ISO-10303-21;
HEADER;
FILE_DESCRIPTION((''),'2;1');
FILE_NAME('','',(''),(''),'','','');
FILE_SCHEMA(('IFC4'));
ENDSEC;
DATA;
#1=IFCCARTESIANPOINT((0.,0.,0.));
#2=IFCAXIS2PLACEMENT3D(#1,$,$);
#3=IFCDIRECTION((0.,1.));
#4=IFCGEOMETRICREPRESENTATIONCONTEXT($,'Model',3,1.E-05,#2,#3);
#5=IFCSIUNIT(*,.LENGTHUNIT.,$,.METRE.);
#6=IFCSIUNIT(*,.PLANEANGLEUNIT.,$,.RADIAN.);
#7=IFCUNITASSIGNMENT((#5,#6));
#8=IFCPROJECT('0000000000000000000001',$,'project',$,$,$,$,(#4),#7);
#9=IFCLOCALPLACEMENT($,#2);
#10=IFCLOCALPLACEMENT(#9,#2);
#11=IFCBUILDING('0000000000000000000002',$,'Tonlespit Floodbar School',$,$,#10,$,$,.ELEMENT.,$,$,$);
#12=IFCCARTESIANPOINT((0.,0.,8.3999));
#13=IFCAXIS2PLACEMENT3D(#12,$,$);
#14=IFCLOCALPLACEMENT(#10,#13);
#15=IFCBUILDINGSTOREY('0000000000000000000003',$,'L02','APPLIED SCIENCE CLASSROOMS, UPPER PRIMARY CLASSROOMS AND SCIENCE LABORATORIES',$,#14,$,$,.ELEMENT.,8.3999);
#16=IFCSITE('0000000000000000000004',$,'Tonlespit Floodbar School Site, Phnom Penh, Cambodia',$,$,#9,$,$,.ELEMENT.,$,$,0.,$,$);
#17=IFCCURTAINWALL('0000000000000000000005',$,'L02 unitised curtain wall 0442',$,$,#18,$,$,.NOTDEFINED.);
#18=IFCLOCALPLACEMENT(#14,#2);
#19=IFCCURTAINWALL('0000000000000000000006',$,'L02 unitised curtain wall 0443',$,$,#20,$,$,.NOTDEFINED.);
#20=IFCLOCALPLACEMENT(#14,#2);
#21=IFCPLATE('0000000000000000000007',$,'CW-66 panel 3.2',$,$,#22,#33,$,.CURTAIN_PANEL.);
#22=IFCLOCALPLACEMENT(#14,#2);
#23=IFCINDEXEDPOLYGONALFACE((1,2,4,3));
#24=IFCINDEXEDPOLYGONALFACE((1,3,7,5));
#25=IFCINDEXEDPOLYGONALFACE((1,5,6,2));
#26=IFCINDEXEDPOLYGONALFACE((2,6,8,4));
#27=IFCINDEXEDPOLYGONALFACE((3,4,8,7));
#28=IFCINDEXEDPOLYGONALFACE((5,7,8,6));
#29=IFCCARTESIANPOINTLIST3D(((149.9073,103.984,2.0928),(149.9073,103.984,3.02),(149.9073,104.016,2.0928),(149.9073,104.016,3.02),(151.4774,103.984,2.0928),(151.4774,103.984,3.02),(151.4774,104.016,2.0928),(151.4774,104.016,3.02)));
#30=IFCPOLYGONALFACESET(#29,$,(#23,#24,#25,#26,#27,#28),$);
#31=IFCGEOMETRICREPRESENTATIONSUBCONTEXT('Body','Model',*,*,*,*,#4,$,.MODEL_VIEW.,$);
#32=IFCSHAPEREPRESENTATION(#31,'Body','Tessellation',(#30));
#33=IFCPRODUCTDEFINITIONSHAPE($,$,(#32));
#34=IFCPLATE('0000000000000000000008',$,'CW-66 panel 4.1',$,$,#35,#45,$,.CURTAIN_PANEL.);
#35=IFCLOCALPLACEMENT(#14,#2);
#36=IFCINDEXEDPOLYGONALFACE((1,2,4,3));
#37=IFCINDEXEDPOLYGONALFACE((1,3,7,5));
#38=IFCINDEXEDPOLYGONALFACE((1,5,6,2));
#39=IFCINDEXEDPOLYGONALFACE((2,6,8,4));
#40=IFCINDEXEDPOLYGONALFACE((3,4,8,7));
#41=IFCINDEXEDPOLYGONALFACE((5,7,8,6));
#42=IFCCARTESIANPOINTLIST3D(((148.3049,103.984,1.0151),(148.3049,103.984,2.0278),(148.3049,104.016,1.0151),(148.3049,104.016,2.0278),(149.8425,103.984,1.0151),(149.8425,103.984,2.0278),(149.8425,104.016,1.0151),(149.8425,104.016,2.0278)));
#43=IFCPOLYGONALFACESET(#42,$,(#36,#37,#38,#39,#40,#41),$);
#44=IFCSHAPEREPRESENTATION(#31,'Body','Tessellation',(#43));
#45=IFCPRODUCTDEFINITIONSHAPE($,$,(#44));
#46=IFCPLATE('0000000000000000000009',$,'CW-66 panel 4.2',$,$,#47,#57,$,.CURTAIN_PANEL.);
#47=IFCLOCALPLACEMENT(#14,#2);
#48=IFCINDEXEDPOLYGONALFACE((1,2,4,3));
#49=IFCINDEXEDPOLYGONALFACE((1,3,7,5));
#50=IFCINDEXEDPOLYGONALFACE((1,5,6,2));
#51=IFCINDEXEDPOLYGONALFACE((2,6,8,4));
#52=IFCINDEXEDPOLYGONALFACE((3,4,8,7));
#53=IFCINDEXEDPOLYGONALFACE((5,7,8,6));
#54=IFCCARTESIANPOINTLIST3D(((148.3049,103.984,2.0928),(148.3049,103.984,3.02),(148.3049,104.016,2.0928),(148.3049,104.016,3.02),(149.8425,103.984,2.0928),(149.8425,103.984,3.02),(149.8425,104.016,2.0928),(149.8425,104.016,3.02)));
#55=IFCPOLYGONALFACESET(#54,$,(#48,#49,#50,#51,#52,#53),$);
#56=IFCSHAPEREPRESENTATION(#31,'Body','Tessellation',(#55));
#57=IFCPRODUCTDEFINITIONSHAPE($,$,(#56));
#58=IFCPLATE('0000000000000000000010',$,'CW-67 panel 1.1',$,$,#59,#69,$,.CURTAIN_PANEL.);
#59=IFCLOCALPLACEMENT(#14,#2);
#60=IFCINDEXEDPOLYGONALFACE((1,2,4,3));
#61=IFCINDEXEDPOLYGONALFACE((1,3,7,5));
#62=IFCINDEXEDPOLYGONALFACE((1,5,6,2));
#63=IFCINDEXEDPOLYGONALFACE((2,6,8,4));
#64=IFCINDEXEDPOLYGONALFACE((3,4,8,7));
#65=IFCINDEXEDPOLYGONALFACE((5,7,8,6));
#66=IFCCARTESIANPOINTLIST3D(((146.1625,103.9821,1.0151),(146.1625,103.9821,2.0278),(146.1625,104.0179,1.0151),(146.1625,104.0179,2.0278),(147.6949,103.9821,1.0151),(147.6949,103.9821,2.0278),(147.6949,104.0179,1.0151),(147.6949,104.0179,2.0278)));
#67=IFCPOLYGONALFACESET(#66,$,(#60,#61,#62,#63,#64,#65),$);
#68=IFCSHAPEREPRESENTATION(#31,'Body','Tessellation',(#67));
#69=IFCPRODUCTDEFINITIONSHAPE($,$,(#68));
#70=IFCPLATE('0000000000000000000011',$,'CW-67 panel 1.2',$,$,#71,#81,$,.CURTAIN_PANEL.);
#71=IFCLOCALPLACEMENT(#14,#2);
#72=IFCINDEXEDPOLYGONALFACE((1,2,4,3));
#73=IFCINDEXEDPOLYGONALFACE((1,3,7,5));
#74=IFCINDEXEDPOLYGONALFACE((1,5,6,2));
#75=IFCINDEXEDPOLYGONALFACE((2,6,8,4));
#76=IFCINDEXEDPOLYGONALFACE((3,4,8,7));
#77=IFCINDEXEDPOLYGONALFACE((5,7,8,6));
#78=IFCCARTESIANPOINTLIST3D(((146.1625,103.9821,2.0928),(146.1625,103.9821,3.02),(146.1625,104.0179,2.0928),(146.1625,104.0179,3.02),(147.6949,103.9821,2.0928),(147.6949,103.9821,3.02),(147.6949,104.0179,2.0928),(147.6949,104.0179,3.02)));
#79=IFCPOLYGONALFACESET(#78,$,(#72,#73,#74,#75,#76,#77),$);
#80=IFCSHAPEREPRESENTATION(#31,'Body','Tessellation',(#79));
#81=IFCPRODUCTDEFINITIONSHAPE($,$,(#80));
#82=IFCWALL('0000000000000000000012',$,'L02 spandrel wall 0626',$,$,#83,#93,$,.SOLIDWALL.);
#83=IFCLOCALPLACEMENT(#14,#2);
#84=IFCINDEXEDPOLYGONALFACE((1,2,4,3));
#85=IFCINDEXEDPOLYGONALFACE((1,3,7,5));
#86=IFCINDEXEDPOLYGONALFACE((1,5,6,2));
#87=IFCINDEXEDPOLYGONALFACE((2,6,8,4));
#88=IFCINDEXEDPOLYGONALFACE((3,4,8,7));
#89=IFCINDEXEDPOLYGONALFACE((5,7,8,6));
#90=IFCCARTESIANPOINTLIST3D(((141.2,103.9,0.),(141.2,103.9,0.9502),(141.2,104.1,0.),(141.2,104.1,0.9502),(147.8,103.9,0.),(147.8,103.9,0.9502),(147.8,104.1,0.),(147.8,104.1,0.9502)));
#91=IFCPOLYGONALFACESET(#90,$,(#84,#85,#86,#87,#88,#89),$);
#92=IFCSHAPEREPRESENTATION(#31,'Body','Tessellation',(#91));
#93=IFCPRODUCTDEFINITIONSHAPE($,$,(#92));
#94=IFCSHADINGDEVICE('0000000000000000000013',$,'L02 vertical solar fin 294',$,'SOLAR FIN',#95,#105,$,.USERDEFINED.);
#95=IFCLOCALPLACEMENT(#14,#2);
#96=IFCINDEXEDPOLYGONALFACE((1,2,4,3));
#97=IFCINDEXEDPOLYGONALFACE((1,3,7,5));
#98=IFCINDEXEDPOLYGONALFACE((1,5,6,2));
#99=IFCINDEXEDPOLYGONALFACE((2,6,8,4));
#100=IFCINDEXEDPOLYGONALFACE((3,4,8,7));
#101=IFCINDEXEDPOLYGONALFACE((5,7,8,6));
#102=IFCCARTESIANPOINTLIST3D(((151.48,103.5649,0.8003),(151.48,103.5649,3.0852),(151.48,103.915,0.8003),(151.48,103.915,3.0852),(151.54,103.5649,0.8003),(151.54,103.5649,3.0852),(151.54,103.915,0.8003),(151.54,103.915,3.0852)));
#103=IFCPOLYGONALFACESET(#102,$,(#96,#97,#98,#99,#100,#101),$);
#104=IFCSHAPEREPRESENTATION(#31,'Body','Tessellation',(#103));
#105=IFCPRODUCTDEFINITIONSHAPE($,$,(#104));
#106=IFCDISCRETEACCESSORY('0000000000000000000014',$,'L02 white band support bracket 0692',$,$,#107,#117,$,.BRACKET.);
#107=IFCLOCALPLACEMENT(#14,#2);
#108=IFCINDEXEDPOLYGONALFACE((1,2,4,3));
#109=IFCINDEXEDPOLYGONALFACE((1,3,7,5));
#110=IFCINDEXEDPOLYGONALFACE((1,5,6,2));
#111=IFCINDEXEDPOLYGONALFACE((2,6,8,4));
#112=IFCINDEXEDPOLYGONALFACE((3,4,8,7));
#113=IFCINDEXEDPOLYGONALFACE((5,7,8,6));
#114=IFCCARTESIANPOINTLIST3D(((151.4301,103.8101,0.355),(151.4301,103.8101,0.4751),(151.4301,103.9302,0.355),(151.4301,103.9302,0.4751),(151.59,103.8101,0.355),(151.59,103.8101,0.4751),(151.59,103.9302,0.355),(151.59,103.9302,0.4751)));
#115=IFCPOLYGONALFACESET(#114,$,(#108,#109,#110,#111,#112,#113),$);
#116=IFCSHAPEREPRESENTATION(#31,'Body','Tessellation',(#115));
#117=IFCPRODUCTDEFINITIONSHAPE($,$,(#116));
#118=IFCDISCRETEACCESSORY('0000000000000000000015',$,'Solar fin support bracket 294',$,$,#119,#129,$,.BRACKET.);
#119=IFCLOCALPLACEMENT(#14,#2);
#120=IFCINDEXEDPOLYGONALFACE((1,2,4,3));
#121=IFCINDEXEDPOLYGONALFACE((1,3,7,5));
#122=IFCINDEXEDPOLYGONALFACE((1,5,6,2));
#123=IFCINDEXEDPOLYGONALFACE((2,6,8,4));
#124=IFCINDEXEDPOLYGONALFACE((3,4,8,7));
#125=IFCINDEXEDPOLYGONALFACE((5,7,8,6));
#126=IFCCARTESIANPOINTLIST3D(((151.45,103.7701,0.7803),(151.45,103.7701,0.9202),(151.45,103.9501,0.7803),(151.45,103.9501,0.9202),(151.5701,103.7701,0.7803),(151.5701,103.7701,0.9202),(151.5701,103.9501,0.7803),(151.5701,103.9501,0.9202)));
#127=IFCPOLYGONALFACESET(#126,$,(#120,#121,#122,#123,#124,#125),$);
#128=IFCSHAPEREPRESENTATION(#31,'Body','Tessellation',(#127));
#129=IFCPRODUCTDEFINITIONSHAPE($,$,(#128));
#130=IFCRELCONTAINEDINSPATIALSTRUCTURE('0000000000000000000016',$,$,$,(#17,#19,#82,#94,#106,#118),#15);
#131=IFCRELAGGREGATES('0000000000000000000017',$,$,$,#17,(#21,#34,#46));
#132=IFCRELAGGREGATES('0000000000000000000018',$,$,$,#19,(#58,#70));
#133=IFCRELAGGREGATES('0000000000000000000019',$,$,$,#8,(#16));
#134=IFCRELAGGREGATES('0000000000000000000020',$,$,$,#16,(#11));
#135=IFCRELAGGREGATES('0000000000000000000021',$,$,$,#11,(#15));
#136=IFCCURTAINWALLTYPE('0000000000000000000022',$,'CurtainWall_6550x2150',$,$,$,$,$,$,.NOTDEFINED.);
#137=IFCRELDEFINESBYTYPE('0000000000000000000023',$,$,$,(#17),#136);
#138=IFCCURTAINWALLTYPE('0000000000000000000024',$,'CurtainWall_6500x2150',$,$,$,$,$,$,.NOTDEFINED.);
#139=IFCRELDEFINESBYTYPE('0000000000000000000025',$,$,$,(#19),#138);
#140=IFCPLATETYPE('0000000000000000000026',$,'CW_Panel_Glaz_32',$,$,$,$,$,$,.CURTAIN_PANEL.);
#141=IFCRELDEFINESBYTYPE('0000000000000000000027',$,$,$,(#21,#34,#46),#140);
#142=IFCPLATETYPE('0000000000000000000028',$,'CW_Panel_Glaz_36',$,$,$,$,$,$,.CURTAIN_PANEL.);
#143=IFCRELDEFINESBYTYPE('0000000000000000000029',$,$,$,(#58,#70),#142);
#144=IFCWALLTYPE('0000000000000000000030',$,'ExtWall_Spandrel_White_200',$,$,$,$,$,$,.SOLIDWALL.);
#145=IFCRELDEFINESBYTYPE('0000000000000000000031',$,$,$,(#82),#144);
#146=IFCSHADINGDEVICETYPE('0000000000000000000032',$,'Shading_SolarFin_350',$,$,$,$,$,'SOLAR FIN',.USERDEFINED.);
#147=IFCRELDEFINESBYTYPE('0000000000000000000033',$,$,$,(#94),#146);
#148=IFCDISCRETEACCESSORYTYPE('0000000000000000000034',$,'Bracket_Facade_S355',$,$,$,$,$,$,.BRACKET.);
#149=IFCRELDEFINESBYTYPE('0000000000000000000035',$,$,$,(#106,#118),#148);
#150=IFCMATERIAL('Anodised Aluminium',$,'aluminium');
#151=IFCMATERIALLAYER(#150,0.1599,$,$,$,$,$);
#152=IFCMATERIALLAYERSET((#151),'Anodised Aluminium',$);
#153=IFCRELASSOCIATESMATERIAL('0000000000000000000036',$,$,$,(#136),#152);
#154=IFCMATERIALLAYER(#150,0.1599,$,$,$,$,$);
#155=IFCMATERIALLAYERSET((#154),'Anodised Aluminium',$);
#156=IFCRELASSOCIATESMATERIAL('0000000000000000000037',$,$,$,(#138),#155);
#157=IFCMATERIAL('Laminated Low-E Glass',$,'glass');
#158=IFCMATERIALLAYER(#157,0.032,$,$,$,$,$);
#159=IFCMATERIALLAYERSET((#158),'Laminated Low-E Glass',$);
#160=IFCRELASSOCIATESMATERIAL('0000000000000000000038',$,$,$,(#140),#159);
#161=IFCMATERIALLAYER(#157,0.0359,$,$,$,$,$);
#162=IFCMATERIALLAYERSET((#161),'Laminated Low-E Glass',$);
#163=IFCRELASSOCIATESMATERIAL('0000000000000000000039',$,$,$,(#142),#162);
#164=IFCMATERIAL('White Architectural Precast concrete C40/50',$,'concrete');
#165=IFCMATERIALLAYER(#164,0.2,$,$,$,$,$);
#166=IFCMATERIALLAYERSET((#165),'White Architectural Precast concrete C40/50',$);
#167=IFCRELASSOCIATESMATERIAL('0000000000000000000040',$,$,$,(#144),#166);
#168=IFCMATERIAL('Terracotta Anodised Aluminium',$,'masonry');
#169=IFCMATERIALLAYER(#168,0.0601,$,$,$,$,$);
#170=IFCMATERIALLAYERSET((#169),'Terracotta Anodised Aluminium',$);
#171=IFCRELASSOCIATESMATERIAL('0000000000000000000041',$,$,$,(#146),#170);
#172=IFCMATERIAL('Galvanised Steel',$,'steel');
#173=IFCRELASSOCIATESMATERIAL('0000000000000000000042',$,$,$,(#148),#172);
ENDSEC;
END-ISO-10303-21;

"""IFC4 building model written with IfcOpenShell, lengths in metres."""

from ifc_helpers import new_model, si_unit, direction, frame, frame_2d, origin, origin_2d, place, context, subcontext, project, spatial, rectangle, extrude, material, layer, layer_set, type_object, element, aggregate, save


model = new_model("IFC4")

# Units and contexts
model_context = context("Model", 3, precision=1e-05, world=origin(), true_north=direction((0.0, 1.0)))
body_context = subcontext(model_context, "Body", "Model", "MODEL_VIEW")
ifc_project = project(units=[si_unit("LENGTHUNIT", "METRE"), si_unit("PLANEANGLEUNIT", "RADIAN")], contexts=[model_context])

# Site, building, storey
site_placement = place(None, origin())
site = spatial("IfcSite", under=ifc_project, at=site_placement, Name="Tonlespit Floodbar School Site, Phnom Penh, Cambodia", CompositionType="ELEMENT", RefElevation=0.0)
building_placement = place(site_placement, origin())
building = spatial("IfcBuilding", under=site, at=building_placement, Name="Tonlespit Floodbar School", CompositionType="ELEMENT")
storey_placement = place(building_placement, frame((0.0, 0.0, 8.3999)))
storey = spatial("IfcBuildingStorey", under=building, at=storey_placement, Name="L02", Description="APPLIED SCIENCE CLASSROOMS, UPPER PRIMARY CLASSROOMS AND SCIENCE LABORATORIES", CompositionType="ELEMENT", Elevation=8.3999)

# Curtain walls
ifc_material_1 = material(Name="Anodised Aluminium", Category="aluminium")
ifc_layer_1 = layer(ifc_material_1, 0.1599)
ifc_layer_set_1 = layer_set([ifc_layer_1], Name="Anodised Aluminium")
curtain_wall_type_1 = type_object("IfcCurtainWallType", Name="CurtainWall_6550x2150", PredefinedType="NOTDEFINED", material=ifc_layer_set_1)
curtain_wall_1_placement = place(storey_placement, origin())
curtain_wall_1 = element("IfcCurtainWall", 1, at=curtain_wall_1_placement, inside=storey, type_object=curtain_wall_type_1, Name="L02 unitised curtain wall 0442", PredefinedType="NOTDEFINED")
ifc_layer_2 = layer(ifc_material_1, 0.1599)
ifc_layer_set_2 = layer_set([ifc_layer_2], Name="Anodised Aluminium")
curtain_wall_type_2 = type_object("IfcCurtainWallType", Name="CurtainWall_6500x2150", PredefinedType="NOTDEFINED", material=ifc_layer_set_2)
curtain_wall_2_placement = place(storey_placement, origin())
curtain_wall_2 = element("IfcCurtainWall", 2, at=curtain_wall_2_placement, inside=storey, type_object=curtain_wall_type_2, Name="L02 unitised curtain wall 0443", PredefinedType="NOTDEFINED")

# Plates
ifc_material_2 = material(Name="Laminated Low-E Glass", Category="glass")
ifc_layer_3 = layer(ifc_material_2, 0.032)
ifc_layer_set_3 = layer_set([ifc_layer_3], Name="Laminated Low-E Glass")
plate_type_1 = type_object("IfcPlateType", Name="CW_Panel_Glaz_32", PredefinedType="CURTAIN_PANEL", material=ifc_layer_set_3)
plate_1_placement = place(storey_placement, frame((150.6924, 104.0, 2.0928), z_axis=(0.0, 0.0, 1.0), x_axis=(-1.0, 0.0, 0.0)))
plate_1 = element("IfcPlate", 3, at=plate_1_placement, type_object=plate_type_1, Name="CW-66 panel 3.2", PredefinedType="CURTAIN_PANEL", context=body_context, shape_type="SweptSolid", body=[
    extrude(rectangle(XDim=1.5701, YDim=0.032, at=origin_2d()), origin(), (0.0, 0.0, 1.0), 0.9272),
])
plate_2_placement = place(storey_placement, frame((149.0737, 104.0, 1.0151), z_axis=(0.0, 0.0, 1.0), x_axis=(-1.0, 0.0, 0.0)))
plate_2 = element("IfcPlate", 4, at=plate_2_placement, type_object=plate_type_1, Name="CW-66 panel 4.1", PredefinedType="CURTAIN_PANEL", context=body_context, shape_type="SweptSolid", body=[
    extrude(rectangle(XDim=1.5376, YDim=0.032, at=origin_2d()), origin(), (0.0, 0.0, 1.0), 1.0127),
])
plate_3_placement = place(storey_placement, frame((149.0737, 104.0, 2.0928), z_axis=(0.0, 0.0, 1.0), x_axis=(-1.0, 0.0, 0.0)))
plate_3 = element("IfcPlate", 5, at=plate_3_placement, type_object=plate_type_1, Name="CW-66 panel 4.2", PredefinedType="CURTAIN_PANEL", context=body_context, shape_type="SweptSolid", body=[
    extrude(rectangle(XDim=1.5376, YDim=0.032, at=origin_2d()), origin(), (0.0, 0.0, 1.0), 0.9272),
])
aggregate(curtain_wall_1, [plate_1, plate_2, plate_3])
ifc_layer_4 = layer(ifc_material_2, 0.0359)
ifc_layer_set_4 = layer_set([ifc_layer_4], Name="Laminated Low-E Glass")
plate_type_2 = type_object("IfcPlateType", Name="CW_Panel_Glaz_36", PredefinedType="CURTAIN_PANEL", material=ifc_layer_set_4)
plate_4_placement = place(storey_placement, frame((146.9287, 104.0, 1.0151), z_axis=(0.0, 0.0, 1.0), x_axis=(-1.0, 0.0, 0.0)))
plate_4 = element("IfcPlate", 6, at=plate_4_placement, type_object=plate_type_2, Name="CW-67 panel 1.1", PredefinedType="CURTAIN_PANEL", context=body_context, shape_type="SweptSolid", body=[
    extrude(rectangle(XDim=1.5325, YDim=0.0359, at=origin_2d()), origin(), (0.0, 0.0, 1.0), 1.0127),
])
plate_5_placement = place(storey_placement, frame((146.9287, 104.0, 2.0928), z_axis=(0.0, 0.0, 1.0), x_axis=(-1.0, 0.0, 0.0)))
plate_5 = element("IfcPlate", 7, at=plate_5_placement, type_object=plate_type_2, Name="CW-67 panel 1.2", PredefinedType="CURTAIN_PANEL", context=body_context, shape_type="SweptSolid", body=[
    extrude(rectangle(XDim=1.5325, YDim=0.0359, at=origin_2d()), origin(), (0.0, 0.0, 1.0), 0.9272),
])
aggregate(curtain_wall_2, [plate_4, plate_5])

# Wall
ifc_material_3 = material(Name="White Architectural Precast concrete C40/50", Category="concrete")
ifc_layer_5 = layer(ifc_material_3, 0.2)
ifc_layer_set_5 = layer_set([ifc_layer_5], Name="White Architectural Precast concrete C40/50")
wall_type = type_object("IfcWallType", Name="ExtWall_Spandrel_White_200", PredefinedType="SOLIDWALL", material=ifc_layer_set_5)
wall_placement = place(storey_placement, frame((147.8, 104.0, 0.0), z_axis=(0.0, 0.0, 1.0), x_axis=(-1.0, 0.0, 0.0)))
element("IfcWall", 8, at=wall_placement, inside=storey, type_object=wall_type, Name="L02 spandrel wall 0626", PredefinedType="SOLIDWALL", context=body_context, shape_type="SweptSolid", body=[
    extrude(rectangle(XDim=6.6001, YDim=0.2, at=frame_2d((3.3, 0.0))), origin(), (0.0, 0.0, 1.0), 0.9502),
])

# Shading device
ifc_material_4 = material(Name="Terracotta Anodised Aluminium", Category="masonry")
ifc_layer_6 = layer(ifc_material_4, 0.0601)
ifc_layer_set_6 = layer_set([ifc_layer_6], Name="Terracotta Anodised Aluminium")
shading_device_type = type_object("IfcShadingDeviceType", Name="Shading_SolarFin_350", ElementType="SOLAR FIN", PredefinedType="USERDEFINED", material=ifc_layer_set_6)
shading_device_placement = place(storey_placement, frame((151.51, 103.74, 0.8003), z_axis=(0.0, 0.0, 1.0), x_axis=(-1.0, 0.0, 0.0)))
element("IfcShadingDevice", 9, at=shading_device_placement, inside=storey, type_object=shading_device_type, Name="L02 vertical solar fin 294", ObjectType="SOLAR FIN", PredefinedType="USERDEFINED", context=body_context, shape_type="SweptSolid", body=[
    extrude(rectangle(XDim=0.0601, YDim=0.3501, at=origin_2d()), origin(), (0.0, 0.0, 1.0), 2.2849),
])

# Discrete accessories
ifc_material_5 = material(Name="Galvanised Steel", Category="steel")
discrete_accessory_type = type_object("IfcDiscreteAccessoryType", Name="Bracket_Facade_S355", PredefinedType="BRACKET", material=ifc_material_5)
discrete_accessory_1_placement = place(storey_placement, frame((151.51, 103.8701, 0.355), z_axis=(0.0, 0.0, 1.0), x_axis=(-1.0, 0.0, 0.0)))
element("IfcDiscreteAccessory", 10, at=discrete_accessory_1_placement, inside=storey, type_object=discrete_accessory_type, Name="L02 white band support bracket 0692", PredefinedType="BRACKET", context=body_context, shape_type="SweptSolid", body=[
    extrude(rectangle(XDim=0.1599, YDim=0.1201, at=origin_2d()), origin(), (0.0, 0.0, 1.0), 0.1201),
])
discrete_accessory_2_placement = place(storey_placement, frame((151.51, 103.8601, 0.7803), z_axis=(0.0, 0.0, 1.0), x_axis=(-1.0, 0.0, 0.0)))
element("IfcDiscreteAccessory", 11, at=discrete_accessory_2_placement, inside=storey, type_object=discrete_accessory_type, Name="Solar fin support bracket 294", PredefinedType="BRACKET", context=body_context, shape_type="SweptSolid", body=[
    extrude(rectangle(XDim=0.1201, YDim=0.1799, at=origin_2d()), origin(), (0.0, 0.0, 1.0), 0.1399),
])

save(model, "model.ifc")
